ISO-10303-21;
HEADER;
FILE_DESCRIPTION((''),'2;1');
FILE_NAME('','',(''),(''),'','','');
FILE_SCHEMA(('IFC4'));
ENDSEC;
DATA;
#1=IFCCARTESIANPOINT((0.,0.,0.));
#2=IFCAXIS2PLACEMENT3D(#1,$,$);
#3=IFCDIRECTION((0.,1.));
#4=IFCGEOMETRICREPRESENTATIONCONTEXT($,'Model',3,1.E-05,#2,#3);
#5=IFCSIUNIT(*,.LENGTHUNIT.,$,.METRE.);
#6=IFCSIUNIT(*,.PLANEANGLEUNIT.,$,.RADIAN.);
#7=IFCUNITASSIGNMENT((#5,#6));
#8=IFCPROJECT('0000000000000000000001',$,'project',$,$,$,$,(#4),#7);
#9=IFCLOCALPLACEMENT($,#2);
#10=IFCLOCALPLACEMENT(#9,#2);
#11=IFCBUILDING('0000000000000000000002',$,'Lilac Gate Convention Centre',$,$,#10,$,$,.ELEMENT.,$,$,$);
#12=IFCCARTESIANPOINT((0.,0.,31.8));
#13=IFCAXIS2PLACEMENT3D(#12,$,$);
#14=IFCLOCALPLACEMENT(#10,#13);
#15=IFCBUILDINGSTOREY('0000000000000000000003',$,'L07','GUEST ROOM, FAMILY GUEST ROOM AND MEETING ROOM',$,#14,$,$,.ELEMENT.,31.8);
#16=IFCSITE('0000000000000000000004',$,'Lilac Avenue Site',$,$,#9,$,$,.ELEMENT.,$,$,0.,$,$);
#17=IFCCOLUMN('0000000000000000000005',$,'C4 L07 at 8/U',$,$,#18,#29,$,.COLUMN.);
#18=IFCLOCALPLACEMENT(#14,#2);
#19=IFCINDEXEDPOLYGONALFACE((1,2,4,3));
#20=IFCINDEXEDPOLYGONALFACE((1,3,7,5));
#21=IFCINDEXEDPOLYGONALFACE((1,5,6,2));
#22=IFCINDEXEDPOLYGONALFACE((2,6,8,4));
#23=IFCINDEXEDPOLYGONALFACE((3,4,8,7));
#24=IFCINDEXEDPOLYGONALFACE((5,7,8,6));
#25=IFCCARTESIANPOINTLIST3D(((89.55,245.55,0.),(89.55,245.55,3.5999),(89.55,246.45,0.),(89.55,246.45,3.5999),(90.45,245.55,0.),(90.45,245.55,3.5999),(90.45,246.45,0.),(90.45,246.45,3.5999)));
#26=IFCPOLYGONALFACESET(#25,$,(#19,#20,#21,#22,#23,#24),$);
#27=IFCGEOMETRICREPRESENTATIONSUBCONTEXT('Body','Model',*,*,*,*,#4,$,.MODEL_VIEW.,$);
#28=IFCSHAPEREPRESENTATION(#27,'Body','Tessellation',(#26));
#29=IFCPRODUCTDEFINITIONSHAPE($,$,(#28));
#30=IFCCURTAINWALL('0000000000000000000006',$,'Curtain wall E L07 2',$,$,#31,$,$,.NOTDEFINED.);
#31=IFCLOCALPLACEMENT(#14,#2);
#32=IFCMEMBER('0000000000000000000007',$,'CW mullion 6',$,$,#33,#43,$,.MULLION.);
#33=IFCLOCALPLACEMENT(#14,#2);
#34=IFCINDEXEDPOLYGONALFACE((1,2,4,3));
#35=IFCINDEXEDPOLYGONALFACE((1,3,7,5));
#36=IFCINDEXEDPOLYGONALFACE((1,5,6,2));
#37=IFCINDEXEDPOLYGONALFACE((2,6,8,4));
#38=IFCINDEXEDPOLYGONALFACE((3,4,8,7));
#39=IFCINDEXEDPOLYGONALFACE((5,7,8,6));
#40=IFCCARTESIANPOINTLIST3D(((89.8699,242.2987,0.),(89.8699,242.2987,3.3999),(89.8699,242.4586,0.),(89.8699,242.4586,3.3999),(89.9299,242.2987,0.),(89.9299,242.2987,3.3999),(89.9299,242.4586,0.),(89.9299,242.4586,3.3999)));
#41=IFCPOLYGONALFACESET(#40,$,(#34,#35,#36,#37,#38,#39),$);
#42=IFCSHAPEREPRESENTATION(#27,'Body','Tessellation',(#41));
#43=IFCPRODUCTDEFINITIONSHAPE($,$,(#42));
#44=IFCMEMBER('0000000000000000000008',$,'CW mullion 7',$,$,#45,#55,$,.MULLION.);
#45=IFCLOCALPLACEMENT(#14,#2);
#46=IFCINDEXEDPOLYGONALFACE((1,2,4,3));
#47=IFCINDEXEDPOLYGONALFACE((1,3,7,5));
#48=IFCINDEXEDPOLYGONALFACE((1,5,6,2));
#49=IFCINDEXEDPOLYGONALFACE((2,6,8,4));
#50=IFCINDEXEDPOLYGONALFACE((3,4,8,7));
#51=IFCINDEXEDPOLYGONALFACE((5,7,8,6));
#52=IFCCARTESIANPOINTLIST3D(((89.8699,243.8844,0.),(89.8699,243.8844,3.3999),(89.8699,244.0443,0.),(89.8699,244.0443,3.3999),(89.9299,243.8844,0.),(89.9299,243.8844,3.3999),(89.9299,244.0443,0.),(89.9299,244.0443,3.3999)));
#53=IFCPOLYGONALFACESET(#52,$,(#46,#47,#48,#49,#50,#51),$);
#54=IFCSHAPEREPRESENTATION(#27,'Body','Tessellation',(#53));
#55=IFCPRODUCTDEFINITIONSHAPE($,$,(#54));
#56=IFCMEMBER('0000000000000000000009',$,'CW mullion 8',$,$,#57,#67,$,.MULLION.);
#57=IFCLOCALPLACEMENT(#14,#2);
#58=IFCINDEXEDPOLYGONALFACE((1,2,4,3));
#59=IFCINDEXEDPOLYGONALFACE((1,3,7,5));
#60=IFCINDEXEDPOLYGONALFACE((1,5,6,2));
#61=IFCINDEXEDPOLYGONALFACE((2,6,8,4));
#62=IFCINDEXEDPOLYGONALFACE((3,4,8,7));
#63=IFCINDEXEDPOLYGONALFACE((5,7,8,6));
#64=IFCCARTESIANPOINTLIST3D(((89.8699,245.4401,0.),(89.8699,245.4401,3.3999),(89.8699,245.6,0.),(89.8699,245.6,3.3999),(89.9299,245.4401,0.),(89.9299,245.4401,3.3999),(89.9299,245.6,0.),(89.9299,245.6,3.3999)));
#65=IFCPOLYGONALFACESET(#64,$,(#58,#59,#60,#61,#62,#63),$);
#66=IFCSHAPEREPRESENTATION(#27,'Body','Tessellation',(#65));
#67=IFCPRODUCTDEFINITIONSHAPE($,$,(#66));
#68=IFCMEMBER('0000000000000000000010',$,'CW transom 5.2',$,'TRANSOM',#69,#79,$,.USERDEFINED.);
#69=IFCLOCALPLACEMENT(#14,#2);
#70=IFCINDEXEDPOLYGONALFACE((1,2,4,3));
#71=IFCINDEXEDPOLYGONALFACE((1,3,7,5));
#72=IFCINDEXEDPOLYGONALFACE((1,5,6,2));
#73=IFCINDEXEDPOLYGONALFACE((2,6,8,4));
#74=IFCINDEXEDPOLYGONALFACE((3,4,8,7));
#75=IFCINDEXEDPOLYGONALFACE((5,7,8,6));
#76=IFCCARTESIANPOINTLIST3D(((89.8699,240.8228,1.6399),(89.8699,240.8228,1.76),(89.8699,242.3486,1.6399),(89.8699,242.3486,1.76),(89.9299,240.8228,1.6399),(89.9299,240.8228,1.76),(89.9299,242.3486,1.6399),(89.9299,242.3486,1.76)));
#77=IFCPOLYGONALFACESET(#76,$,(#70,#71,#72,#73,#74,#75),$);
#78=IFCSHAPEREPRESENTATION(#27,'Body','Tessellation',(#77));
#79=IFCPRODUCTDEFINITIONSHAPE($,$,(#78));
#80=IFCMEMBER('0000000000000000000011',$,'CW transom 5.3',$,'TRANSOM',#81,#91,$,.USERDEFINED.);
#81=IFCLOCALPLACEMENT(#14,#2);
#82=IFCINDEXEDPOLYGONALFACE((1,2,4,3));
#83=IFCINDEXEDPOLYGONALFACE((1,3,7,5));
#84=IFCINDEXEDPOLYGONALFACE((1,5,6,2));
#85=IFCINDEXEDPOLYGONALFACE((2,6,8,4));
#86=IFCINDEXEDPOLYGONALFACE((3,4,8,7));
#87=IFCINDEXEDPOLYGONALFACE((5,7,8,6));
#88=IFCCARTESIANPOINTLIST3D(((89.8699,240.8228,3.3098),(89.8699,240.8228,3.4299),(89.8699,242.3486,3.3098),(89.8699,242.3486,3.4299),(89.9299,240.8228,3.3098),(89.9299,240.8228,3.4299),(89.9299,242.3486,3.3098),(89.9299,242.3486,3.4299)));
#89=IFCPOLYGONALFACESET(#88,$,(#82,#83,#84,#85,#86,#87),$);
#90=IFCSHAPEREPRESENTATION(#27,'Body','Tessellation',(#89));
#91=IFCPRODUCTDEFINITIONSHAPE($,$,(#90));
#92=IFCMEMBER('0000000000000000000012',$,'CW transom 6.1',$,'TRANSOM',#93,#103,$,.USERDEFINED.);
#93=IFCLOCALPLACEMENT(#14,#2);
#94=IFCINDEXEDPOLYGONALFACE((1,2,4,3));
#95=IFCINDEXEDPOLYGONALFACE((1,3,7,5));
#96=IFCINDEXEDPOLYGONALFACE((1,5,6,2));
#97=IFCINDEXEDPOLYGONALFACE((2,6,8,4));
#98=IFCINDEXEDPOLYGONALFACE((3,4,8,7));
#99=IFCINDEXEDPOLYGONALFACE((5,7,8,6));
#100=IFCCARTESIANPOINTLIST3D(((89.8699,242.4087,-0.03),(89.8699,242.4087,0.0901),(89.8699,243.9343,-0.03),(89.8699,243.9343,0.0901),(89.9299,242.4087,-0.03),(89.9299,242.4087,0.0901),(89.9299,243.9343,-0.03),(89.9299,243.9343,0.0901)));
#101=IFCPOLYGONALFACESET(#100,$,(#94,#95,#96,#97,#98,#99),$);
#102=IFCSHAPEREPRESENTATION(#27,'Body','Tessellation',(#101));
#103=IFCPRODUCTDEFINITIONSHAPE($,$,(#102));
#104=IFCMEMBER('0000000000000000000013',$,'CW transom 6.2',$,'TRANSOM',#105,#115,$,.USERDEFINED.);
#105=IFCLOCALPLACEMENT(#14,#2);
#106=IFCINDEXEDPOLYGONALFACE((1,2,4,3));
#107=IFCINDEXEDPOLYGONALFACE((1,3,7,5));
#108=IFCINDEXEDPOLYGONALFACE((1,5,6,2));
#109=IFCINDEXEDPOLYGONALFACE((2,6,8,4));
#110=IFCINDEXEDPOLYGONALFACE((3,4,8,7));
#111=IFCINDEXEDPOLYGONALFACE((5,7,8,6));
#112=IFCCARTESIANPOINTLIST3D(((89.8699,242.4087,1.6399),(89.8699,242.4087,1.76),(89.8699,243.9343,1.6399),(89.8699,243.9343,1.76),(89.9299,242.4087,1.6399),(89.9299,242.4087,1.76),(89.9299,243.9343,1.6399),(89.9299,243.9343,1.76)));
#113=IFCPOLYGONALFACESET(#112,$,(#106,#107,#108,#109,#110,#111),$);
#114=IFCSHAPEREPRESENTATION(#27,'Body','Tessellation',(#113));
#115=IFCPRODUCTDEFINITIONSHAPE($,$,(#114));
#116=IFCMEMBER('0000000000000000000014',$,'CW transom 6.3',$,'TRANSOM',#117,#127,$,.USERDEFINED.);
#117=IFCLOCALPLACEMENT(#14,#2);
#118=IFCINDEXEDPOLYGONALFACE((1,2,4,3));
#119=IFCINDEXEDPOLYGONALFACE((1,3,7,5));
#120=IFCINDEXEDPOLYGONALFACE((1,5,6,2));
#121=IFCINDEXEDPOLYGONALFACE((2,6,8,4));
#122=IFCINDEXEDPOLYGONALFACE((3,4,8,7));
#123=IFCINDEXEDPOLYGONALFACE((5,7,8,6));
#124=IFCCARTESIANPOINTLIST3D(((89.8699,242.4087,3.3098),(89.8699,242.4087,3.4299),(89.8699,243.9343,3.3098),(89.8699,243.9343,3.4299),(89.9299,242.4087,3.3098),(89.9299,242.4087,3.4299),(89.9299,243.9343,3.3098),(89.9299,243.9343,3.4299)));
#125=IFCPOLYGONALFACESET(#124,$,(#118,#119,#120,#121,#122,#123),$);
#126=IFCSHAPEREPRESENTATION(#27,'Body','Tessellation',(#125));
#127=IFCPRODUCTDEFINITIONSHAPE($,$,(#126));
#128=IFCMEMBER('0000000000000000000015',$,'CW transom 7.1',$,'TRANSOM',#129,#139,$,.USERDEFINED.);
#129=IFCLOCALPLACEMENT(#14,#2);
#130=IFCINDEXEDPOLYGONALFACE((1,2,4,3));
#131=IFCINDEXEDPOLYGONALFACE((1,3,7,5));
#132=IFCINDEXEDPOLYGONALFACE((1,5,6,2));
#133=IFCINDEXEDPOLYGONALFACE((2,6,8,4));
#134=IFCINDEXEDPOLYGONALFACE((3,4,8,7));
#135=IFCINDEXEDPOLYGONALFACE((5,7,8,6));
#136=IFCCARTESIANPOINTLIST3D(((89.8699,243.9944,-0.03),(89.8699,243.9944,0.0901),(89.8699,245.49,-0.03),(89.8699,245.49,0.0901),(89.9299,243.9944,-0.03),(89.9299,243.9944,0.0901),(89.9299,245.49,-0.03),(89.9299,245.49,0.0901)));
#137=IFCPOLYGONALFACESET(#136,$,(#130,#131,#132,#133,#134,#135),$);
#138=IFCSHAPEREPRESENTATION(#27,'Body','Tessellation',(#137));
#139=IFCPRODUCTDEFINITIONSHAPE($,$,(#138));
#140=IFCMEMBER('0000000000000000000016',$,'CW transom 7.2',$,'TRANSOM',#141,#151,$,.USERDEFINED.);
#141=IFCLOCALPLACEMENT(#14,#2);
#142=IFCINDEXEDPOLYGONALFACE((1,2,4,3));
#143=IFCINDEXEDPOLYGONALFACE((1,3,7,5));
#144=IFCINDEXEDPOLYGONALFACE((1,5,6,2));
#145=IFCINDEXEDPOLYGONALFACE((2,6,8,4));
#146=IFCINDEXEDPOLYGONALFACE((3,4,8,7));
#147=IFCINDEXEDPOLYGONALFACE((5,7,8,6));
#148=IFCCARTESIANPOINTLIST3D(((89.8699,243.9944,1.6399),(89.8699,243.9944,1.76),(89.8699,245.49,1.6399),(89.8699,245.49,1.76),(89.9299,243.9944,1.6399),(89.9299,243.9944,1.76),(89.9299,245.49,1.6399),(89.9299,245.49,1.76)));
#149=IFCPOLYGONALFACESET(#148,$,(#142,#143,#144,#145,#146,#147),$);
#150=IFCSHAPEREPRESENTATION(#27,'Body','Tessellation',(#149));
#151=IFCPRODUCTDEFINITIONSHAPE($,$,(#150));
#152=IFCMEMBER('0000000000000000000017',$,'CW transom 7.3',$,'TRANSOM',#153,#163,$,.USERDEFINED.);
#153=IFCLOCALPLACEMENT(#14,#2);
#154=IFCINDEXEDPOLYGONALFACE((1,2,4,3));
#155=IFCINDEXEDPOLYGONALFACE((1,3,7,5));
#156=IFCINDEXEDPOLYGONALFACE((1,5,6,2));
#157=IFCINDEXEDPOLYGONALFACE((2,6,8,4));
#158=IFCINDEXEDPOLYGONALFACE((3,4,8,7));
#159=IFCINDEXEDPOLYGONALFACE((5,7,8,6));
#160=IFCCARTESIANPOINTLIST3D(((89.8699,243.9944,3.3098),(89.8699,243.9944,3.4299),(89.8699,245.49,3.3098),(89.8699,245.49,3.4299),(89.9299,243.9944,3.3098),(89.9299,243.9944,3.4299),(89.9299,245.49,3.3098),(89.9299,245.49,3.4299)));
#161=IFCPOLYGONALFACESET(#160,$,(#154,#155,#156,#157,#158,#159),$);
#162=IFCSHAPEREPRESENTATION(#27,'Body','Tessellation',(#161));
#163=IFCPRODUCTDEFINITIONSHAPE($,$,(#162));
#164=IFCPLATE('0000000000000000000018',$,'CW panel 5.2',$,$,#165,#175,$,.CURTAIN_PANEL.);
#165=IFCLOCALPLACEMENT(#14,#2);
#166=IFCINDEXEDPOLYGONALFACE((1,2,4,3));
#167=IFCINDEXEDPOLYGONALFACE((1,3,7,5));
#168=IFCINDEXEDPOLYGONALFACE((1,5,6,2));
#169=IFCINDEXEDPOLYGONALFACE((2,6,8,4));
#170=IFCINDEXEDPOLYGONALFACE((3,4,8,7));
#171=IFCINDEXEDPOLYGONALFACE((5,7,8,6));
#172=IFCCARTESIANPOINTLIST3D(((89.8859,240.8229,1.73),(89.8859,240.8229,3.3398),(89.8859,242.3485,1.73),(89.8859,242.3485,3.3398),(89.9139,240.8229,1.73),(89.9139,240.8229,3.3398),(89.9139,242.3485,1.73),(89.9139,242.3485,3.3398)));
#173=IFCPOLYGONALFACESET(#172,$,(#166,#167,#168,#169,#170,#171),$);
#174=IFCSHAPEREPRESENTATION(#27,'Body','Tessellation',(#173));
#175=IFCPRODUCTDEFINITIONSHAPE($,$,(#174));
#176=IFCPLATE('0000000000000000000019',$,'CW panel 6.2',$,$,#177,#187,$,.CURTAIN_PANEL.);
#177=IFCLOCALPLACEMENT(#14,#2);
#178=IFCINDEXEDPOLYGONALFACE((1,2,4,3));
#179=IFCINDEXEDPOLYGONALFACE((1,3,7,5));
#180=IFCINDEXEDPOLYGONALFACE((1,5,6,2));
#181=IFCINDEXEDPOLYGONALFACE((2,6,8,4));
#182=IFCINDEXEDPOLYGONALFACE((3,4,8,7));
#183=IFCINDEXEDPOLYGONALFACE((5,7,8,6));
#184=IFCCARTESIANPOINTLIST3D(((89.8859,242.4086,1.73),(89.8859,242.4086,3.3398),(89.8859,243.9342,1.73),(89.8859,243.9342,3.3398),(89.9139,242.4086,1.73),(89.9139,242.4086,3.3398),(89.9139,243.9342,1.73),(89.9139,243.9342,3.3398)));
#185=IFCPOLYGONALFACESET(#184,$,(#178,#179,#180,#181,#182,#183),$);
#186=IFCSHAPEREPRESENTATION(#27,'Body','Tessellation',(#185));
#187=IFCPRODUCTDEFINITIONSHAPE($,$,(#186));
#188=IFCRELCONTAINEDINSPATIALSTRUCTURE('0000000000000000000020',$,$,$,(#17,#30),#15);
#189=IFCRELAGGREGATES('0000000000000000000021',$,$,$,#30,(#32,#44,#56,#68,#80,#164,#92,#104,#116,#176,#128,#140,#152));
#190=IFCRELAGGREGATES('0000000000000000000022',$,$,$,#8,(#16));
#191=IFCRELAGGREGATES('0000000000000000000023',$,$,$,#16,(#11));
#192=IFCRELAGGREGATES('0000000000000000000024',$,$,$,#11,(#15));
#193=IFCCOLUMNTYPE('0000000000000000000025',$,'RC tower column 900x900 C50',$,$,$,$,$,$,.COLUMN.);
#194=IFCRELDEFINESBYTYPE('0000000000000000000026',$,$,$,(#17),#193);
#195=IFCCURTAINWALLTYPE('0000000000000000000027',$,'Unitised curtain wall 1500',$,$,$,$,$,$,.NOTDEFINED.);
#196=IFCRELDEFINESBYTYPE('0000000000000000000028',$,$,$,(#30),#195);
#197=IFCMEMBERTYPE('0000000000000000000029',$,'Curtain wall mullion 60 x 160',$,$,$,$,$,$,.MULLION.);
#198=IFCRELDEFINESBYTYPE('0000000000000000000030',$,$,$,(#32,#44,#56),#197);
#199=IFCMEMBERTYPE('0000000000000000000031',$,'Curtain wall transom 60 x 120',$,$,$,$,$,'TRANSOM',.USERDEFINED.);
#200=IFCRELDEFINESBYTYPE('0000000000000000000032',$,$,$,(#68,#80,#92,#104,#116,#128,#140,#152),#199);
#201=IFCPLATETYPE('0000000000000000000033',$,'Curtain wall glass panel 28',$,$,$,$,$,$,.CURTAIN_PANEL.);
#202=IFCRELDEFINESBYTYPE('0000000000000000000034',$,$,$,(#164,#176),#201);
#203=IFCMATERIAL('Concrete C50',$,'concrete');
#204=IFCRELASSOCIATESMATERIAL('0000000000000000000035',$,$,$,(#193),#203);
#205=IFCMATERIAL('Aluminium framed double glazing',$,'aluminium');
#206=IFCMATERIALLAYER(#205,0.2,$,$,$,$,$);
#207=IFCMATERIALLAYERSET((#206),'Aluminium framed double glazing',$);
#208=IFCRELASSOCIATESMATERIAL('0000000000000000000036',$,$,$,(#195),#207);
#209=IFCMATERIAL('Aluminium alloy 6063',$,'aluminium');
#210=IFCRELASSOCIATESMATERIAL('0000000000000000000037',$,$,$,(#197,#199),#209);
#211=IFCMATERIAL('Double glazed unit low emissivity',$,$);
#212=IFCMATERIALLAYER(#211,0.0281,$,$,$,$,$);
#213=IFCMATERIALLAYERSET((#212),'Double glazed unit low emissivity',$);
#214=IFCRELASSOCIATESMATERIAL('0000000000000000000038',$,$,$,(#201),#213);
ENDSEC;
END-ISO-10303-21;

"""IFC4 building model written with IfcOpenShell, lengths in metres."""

from ifc_helpers import new_model, si_unit, direction, frame, origin, origin_2d, place, context, subcontext, project, spatial, rectangle, extrude, material, layer, layer_set, material_profile, profile_set, type_object, element, aggregate, save


model = new_model("IFC4")

# Units and contexts
model_context = context("Model", 3, precision=1e-05, world=origin(), true_north=direction((0.0, 1.0)))
body_context = subcontext(model_context, "Body", "Model", "MODEL_VIEW")
ifc_project = project(units=[si_unit("LENGTHUNIT", "METRE"), si_unit("PLANEANGLEUNIT", "RADIAN")], contexts=[model_context])

# Site, building, storey
site_placement = place(None, origin())
site = spatial("IfcSite", under=ifc_project, at=site_placement, Name="Lilac Avenue Site", CompositionType="ELEMENT", RefElevation=0.0)
building_placement = place(site_placement, origin())
building = spatial("IfcBuilding", under=site, at=building_placement, Name="Lilac Gate Convention Centre", CompositionType="ELEMENT")
storey_placement = place(building_placement, frame((0.0, 0.0, 31.8)))
storey = spatial("IfcBuildingStorey", under=building, at=storey_placement, Name="L07", Description="GUEST ROOM, FAMILY GUEST ROOM AND MEETING ROOM", CompositionType="ELEMENT", Elevation=31.8)

# Column
ifc_material_1 = material(Name="Concrete C50", Category="concrete")
ifc_material_profile_1 = material_profile(ifc_material_1, rectangle(XDim=0.8999, YDim=0.8999, at=origin_2d()), Name="RC 900x900")
ifc_profile_set_1 = profile_set([ifc_material_profile_1], Name="Concrete C50")
column_type = type_object("IfcColumnType", Name="RC tower column 900x900 C50", PredefinedType="COLUMN", material=ifc_profile_set_1)
column_placement = place(storey_placement, frame((90.0, 246.0, 0.0), z_axis=(0.0, 0.0, 1.0), x_axis=(1.0, 0.0, 0.0)))
element("IfcColumn", 1, at=column_placement, inside=storey, type_object=column_type, Name="C4 L07 at 8/U", PredefinedType="COLUMN", context=body_context, shape_type="SweptSolid", body=[
    extrude(rectangle(XDim=0.8999, YDim=0.8999, at=origin_2d()), origin(), (0.0, 0.0, 1.0), 3.5999),
])

# Curtain wall, members, plates
ifc_material_2 = material(Name="Aluminium framed double glazing", Category="aluminium")
ifc_layer_1 = layer(ifc_material_2, 0.2)
ifc_layer_set_1 = layer_set([ifc_layer_1], Name="Aluminium framed double glazing")
curtain_wall_type = type_object("IfcCurtainWallType", Name="Unitised curtain wall 1500", PredefinedType="NOTDEFINED", material=ifc_layer_set_1)
curtain_wall_placement = place(storey_placement, origin())
curtain_wall = element("IfcCurtainWall", 2, at=curtain_wall_placement, inside=storey, type_object=curtain_wall_type, Name="Curtain wall E L07 2", PredefinedType="NOTDEFINED")
ifc_material_3 = material(Name="Aluminium alloy 6063", Category="aluminium")
ifc_material_profile_2 = material_profile(ifc_material_3, rectangle(XDim=0.0601, YDim=0.1599, at=origin_2d()), Name="Curtain wall mullion 60 x 160")
ifc_profile_set_2 = profile_set([ifc_material_profile_2], Name="Aluminium alloy 6063")
member_type_1 = type_object("IfcMemberType", Name="Curtain wall mullion 60 x 160", PredefinedType="MULLION", material=ifc_profile_set_2)
member_1_placement = place(storey_placement, frame((89.8999, 242.3787, 0.0), z_axis=(0.0, 0.0, 1.0), x_axis=(-1.0, 0.0, 0.0)))
member_1 = element("IfcMember", 3, at=member_1_placement, type_object=member_type_1, Name="CW mullion 6", PredefinedType="MULLION", context=body_context, shape_type="SweptSolid", body=[
    extrude(rectangle(XDim=0.0601, YDim=0.1599, at=origin_2d()), origin(), (0.0, 0.0, 1.0), 3.3999),
])
member_2_placement = place(storey_placement, frame((89.8999, 243.9644, 0.0), z_axis=(0.0, 0.0, 1.0), x_axis=(-1.0, 0.0, 0.0)))
member_2 = element("IfcMember", 4, at=member_2_placement, type_object=member_type_1, Name="CW mullion 7", PredefinedType="MULLION", context=body_context, shape_type="SweptSolid", body=[
    extrude(rectangle(XDim=0.0601, YDim=0.1599, at=origin_2d()), origin(), (0.0, 0.0, 1.0), 3.3999),
])
member_3_placement = place(storey_placement, frame((89.8999, 245.52, 0.0), z_axis=(0.0, 0.0, 1.0), x_axis=(-1.0, 0.0, 0.0)))
member_3 = element("IfcMember", 5, at=member_3_placement, type_object=member_type_1, Name="CW mullion 8", PredefinedType="MULLION", context=body_context, shape_type="SweptSolid", body=[
    extrude(rectangle(XDim=0.0601, YDim=0.1599, at=origin_2d()), origin(), (0.0, 0.0, 1.0), 3.3999),
])
ifc_material_profile_3 = material_profile(ifc_material_3, rectangle(XDim=0.0601, YDim=0.1201, at=origin_2d()), Name="Curtain wall transom 60 x 120")
ifc_profile_set_3 = profile_set([ifc_material_profile_3], Name="Aluminium alloy 6063")
member_type_2 = type_object("IfcMemberType", Name="Curtain wall transom 60 x 120", ElementType="TRANSOM", PredefinedType="USERDEFINED", material=ifc_profile_set_3)
member_4_placement = place(storey_placement, frame((89.8999, 240.8228, 1.7), z_axis=(0.0, 1.0, 0.0), x_axis=(-1.0, 0.0, 0.0)))
member_4 = element("IfcMember", 6, at=member_4_placement, type_object=member_type_2, Name="CW transom 5.2", ObjectType="TRANSOM", PredefinedType="USERDEFINED", context=body_context, shape_type="SweptSolid", body=[
    extrude(rectangle(XDim=0.0601, YDim=0.1201, at=origin_2d()), origin(), (0.0, 0.0, 1.0), 1.5259),
])
member_5_placement = place(storey_placement, frame((89.8999, 240.8228, 3.3699), z_axis=(0.0, 1.0, 0.0), x_axis=(-1.0, 0.0, 0.0)))
member_5 = element("IfcMember", 7, at=member_5_placement, type_object=member_type_2, Name="CW transom 5.3", ObjectType="TRANSOM", PredefinedType="USERDEFINED", context=body_context, shape_type="SweptSolid", body=[
    extrude(rectangle(XDim=0.0601, YDim=0.1201, at=origin_2d()), origin(), (0.0, 0.0, 1.0), 1.5259),
])
member_6_placement = place(storey_placement, frame((89.8999, 242.4087, 0.03), z_axis=(0.0, 1.0, 0.0), x_axis=(-1.0, 0.0, 0.0)))
member_6 = element("IfcMember", 8, at=member_6_placement, type_object=member_type_2, Name="CW transom 6.1", ObjectType="TRANSOM", PredefinedType="USERDEFINED", context=body_context, shape_type="SweptSolid", body=[
    extrude(rectangle(XDim=0.0601, YDim=0.1201, at=origin_2d()), origin(), (0.0, 0.0, 1.0), 1.5256),
])
member_7_placement = place(storey_placement, frame((89.8999, 242.4087, 1.7), z_axis=(0.0, 1.0, 0.0), x_axis=(-1.0, 0.0, 0.0)))
member_7 = element("IfcMember", 9, at=member_7_placement, type_object=member_type_2, Name="CW transom 6.2", ObjectType="TRANSOM", PredefinedType="USERDEFINED", context=body_context, shape_type="SweptSolid", body=[
    extrude(rectangle(XDim=0.0601, YDim=0.1201, at=origin_2d()), origin(), (0.0, 0.0, 1.0), 1.5256),
])
member_8_placement = place(storey_placement, frame((89.8999, 242.4087, 3.3699), z_axis=(0.0, 1.0, 0.0), x_axis=(-1.0, 0.0, 0.0)))
member_8 = element("IfcMember", 10, at=member_8_placement, type_object=member_type_2, Name="CW transom 6.3", ObjectType="TRANSOM", PredefinedType="USERDEFINED", context=body_context, shape_type="SweptSolid", body=[
    extrude(rectangle(XDim=0.0601, YDim=0.1201, at=origin_2d()), origin(), (0.0, 0.0, 1.0), 1.5256),
])
member_9_placement = place(storey_placement, frame((89.8999, 243.9944, 0.03), z_axis=(0.0, 1.0, 0.0), x_axis=(-1.0, 0.0, 0.0)))
member_9 = element("IfcMember", 11, at=member_9_placement, type_object=member_type_2, Name="CW transom 7.1", ObjectType="TRANSOM", PredefinedType="USERDEFINED", context=body_context, shape_type="SweptSolid", body=[
    extrude(rectangle(XDim=0.0601, YDim=0.1201, at=origin_2d()), origin(), (0.0, 0.0, 1.0), 1.4956),
])
member_10_placement = place(storey_placement, frame((89.8999, 243.9944, 1.7), z_axis=(0.0, 1.0, 0.0), x_axis=(-1.0, 0.0, 0.0)))
member_10 = element("IfcMember", 12, at=member_10_placement, type_object=member_type_2, Name="CW transom 7.2", ObjectType="TRANSOM", PredefinedType="USERDEFINED", context=body_context, shape_type="SweptSolid", body=[
    extrude(rectangle(XDim=0.0601, YDim=0.1201, at=origin_2d()), origin(), (0.0, 0.0, 1.0), 1.4956),
])
member_11_placement = place(storey_placement, frame((89.8999, 243.9944, 3.3699), z_axis=(0.0, 1.0, 0.0), x_axis=(-1.0, 0.0, 0.0)))
member_11 = element("IfcMember", 13, at=member_11_placement, type_object=member_type_2, Name="CW transom 7.3", ObjectType="TRANSOM", PredefinedType="USERDEFINED", context=body_context, shape_type="SweptSolid", body=[
    extrude(rectangle(XDim=0.0601, YDim=0.1201, at=origin_2d()), origin(), (0.0, 0.0, 1.0), 1.4956),
])
ifc_material_4 = material(Name="Double glazed unit low emissivity")
ifc_layer_2 = layer(ifc_material_4, 0.0281)
ifc_layer_set_2 = layer_set([ifc_layer_2], Name="Double glazed unit low emissivity")
plate_type_1 = type_object("IfcPlateType", Name="Curtain wall glass panel 28", PredefinedType="CURTAIN_PANEL", material=ifc_layer_set_2)
plate_1_placement = place(storey_placement, frame((89.8999, 241.5857, 1.73), z_axis=(0.0, 0.0, 1.0), x_axis=(0.0, 1.0, 0.0)))
plate_1 = element("IfcPlate", 14, at=plate_1_placement, type_object=plate_type_1, Name="CW panel 5.2", PredefinedType="CURTAIN_PANEL", context=body_context, shape_type="SweptSolid", body=[
    extrude(rectangle(XDim=1.5256, YDim=0.0281, at=origin_2d()), origin(), (0.0, 0.0, 1.0), 1.6099),
])
plate_2_placement = place(storey_placement, frame((89.8999, 243.1714, 1.73), z_axis=(0.0, 0.0, 1.0), x_axis=(0.0, 1.0, 0.0)))
plate_2 = element("IfcPlate", 15, at=plate_2_placement, type_object=plate_type_1, Name="CW panel 6.2", PredefinedType="CURTAIN_PANEL", context=body_context, shape_type="SweptSolid", body=[
    extrude(rectangle(XDim=1.5256, YDim=0.0281, at=origin_2d()), origin(), (0.0, 0.0, 1.0), 1.6099),
])
aggregate(curtain_wall, [member_1, member_2, member_3, member_4, member_5, plate_1, member_6, member_7, member_8, plate_2, member_9, member_10, member_11])

save(model, "model.ifc")
